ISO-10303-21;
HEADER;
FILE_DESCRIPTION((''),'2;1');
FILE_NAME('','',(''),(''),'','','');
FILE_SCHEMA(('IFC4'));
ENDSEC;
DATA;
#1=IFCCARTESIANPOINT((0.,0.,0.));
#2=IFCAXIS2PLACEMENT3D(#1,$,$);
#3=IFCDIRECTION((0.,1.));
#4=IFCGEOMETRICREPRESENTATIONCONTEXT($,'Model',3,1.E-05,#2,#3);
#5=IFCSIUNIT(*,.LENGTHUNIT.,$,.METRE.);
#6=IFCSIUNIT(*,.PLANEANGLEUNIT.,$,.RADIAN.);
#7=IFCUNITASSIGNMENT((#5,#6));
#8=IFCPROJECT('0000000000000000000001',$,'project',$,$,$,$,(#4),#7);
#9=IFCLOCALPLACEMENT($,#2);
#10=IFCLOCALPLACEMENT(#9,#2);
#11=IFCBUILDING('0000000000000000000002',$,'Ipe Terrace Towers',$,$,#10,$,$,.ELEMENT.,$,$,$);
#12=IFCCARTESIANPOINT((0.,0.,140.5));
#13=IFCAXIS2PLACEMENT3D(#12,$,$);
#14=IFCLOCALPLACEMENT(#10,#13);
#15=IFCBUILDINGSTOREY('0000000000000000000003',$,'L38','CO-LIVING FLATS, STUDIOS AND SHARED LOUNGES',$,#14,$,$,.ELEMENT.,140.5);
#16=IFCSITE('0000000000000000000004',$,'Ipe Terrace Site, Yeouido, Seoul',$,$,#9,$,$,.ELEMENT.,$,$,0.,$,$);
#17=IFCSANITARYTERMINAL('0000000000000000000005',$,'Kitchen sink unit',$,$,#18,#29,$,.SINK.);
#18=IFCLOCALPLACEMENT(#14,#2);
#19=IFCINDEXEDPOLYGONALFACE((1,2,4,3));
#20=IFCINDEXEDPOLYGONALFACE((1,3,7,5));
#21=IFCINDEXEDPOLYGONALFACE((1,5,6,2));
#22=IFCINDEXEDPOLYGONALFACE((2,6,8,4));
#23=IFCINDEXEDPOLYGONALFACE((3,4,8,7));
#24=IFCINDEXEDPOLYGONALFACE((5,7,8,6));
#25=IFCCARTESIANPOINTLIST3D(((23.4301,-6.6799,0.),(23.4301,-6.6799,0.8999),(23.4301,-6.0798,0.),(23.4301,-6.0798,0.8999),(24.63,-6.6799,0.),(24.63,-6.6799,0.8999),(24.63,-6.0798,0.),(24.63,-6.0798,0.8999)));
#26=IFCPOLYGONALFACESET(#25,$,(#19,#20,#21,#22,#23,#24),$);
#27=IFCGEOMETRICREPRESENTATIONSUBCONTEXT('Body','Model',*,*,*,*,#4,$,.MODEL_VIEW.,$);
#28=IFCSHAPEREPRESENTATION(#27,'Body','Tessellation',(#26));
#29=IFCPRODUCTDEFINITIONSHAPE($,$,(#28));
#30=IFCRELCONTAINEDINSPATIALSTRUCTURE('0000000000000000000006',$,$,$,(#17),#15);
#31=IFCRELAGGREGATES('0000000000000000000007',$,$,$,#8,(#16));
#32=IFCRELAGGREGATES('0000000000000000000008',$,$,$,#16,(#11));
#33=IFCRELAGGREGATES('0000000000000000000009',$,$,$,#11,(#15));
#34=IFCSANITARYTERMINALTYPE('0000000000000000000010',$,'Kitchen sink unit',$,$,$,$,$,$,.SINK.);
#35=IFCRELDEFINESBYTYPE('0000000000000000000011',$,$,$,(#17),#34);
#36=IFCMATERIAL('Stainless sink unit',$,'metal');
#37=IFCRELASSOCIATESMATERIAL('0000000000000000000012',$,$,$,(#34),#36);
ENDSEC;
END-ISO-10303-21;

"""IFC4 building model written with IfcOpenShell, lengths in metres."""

from ifc_helpers import new_model, si_unit, direction, frame, origin, origin_2d, place, context, subcontext, project, spatial, rectangle, extrude, material, type_object, element, save


model = new_model("IFC4")

# Units and contexts
model_context = context("Model", 3, precision=1e-05, world=origin(), true_north=direction((0.0, 1.0)))
body_context = subcontext(model_context, "Body", "Model", "MODEL_VIEW")
ifc_project = project(units=[si_unit("LENGTHUNIT", "METRE"), si_unit("PLANEANGLEUNIT", "RADIAN")], contexts=[model_context])

# Site, building, storey
site_placement = place(None, origin())
site = spatial("IfcSite", under=ifc_project, at=site_placement, Name="Ipe Terrace Site, Yeouido, Seoul", CompositionType="ELEMENT", RefElevation=0.0)
building_placement = place(site_placement, origin())
building = spatial("IfcBuilding", under=site, at=building_placement, Name="Ipe Terrace Towers", CompositionType="ELEMENT")
storey_placement = place(building_placement, frame((0.0, 0.0, 140.5)))
storey = spatial("IfcBuildingStorey", under=building, at=storey_placement, Name="L38", Description="CO-LIVING FLATS, STUDIOS AND SHARED LOUNGES", CompositionType="ELEMENT", Elevation=140.5)

# Sanitary terminal
ifc_material_1 = material(Name="Stainless sink unit", Category="metal")
sanitary_terminal_type = type_object("IfcSanitaryTerminalType", Name="Kitchen sink unit", PredefinedType="SINK", material=ifc_material_1)
sanitary_terminal_placement = place(storey_placement, frame((24.03, -6.3799, 0.0), z_axis=(0.0, 0.0, 1.0), x_axis=(-1.0, 0.0, 0.0)))
element("IfcSanitaryTerminal", 1, at=sanitary_terminal_placement, inside=storey, type_object=sanitary_terminal_type, Name="Kitchen sink unit", PredefinedType="SINK", context=body_context, shape_type="SweptSolid", body=[
    extrude(rectangle(XDim=1.2, YDim=0.6001, at=origin_2d()), origin(), (0.0, 0.0, 1.0), 0.8999),
])

save(model, "model.ifc")
